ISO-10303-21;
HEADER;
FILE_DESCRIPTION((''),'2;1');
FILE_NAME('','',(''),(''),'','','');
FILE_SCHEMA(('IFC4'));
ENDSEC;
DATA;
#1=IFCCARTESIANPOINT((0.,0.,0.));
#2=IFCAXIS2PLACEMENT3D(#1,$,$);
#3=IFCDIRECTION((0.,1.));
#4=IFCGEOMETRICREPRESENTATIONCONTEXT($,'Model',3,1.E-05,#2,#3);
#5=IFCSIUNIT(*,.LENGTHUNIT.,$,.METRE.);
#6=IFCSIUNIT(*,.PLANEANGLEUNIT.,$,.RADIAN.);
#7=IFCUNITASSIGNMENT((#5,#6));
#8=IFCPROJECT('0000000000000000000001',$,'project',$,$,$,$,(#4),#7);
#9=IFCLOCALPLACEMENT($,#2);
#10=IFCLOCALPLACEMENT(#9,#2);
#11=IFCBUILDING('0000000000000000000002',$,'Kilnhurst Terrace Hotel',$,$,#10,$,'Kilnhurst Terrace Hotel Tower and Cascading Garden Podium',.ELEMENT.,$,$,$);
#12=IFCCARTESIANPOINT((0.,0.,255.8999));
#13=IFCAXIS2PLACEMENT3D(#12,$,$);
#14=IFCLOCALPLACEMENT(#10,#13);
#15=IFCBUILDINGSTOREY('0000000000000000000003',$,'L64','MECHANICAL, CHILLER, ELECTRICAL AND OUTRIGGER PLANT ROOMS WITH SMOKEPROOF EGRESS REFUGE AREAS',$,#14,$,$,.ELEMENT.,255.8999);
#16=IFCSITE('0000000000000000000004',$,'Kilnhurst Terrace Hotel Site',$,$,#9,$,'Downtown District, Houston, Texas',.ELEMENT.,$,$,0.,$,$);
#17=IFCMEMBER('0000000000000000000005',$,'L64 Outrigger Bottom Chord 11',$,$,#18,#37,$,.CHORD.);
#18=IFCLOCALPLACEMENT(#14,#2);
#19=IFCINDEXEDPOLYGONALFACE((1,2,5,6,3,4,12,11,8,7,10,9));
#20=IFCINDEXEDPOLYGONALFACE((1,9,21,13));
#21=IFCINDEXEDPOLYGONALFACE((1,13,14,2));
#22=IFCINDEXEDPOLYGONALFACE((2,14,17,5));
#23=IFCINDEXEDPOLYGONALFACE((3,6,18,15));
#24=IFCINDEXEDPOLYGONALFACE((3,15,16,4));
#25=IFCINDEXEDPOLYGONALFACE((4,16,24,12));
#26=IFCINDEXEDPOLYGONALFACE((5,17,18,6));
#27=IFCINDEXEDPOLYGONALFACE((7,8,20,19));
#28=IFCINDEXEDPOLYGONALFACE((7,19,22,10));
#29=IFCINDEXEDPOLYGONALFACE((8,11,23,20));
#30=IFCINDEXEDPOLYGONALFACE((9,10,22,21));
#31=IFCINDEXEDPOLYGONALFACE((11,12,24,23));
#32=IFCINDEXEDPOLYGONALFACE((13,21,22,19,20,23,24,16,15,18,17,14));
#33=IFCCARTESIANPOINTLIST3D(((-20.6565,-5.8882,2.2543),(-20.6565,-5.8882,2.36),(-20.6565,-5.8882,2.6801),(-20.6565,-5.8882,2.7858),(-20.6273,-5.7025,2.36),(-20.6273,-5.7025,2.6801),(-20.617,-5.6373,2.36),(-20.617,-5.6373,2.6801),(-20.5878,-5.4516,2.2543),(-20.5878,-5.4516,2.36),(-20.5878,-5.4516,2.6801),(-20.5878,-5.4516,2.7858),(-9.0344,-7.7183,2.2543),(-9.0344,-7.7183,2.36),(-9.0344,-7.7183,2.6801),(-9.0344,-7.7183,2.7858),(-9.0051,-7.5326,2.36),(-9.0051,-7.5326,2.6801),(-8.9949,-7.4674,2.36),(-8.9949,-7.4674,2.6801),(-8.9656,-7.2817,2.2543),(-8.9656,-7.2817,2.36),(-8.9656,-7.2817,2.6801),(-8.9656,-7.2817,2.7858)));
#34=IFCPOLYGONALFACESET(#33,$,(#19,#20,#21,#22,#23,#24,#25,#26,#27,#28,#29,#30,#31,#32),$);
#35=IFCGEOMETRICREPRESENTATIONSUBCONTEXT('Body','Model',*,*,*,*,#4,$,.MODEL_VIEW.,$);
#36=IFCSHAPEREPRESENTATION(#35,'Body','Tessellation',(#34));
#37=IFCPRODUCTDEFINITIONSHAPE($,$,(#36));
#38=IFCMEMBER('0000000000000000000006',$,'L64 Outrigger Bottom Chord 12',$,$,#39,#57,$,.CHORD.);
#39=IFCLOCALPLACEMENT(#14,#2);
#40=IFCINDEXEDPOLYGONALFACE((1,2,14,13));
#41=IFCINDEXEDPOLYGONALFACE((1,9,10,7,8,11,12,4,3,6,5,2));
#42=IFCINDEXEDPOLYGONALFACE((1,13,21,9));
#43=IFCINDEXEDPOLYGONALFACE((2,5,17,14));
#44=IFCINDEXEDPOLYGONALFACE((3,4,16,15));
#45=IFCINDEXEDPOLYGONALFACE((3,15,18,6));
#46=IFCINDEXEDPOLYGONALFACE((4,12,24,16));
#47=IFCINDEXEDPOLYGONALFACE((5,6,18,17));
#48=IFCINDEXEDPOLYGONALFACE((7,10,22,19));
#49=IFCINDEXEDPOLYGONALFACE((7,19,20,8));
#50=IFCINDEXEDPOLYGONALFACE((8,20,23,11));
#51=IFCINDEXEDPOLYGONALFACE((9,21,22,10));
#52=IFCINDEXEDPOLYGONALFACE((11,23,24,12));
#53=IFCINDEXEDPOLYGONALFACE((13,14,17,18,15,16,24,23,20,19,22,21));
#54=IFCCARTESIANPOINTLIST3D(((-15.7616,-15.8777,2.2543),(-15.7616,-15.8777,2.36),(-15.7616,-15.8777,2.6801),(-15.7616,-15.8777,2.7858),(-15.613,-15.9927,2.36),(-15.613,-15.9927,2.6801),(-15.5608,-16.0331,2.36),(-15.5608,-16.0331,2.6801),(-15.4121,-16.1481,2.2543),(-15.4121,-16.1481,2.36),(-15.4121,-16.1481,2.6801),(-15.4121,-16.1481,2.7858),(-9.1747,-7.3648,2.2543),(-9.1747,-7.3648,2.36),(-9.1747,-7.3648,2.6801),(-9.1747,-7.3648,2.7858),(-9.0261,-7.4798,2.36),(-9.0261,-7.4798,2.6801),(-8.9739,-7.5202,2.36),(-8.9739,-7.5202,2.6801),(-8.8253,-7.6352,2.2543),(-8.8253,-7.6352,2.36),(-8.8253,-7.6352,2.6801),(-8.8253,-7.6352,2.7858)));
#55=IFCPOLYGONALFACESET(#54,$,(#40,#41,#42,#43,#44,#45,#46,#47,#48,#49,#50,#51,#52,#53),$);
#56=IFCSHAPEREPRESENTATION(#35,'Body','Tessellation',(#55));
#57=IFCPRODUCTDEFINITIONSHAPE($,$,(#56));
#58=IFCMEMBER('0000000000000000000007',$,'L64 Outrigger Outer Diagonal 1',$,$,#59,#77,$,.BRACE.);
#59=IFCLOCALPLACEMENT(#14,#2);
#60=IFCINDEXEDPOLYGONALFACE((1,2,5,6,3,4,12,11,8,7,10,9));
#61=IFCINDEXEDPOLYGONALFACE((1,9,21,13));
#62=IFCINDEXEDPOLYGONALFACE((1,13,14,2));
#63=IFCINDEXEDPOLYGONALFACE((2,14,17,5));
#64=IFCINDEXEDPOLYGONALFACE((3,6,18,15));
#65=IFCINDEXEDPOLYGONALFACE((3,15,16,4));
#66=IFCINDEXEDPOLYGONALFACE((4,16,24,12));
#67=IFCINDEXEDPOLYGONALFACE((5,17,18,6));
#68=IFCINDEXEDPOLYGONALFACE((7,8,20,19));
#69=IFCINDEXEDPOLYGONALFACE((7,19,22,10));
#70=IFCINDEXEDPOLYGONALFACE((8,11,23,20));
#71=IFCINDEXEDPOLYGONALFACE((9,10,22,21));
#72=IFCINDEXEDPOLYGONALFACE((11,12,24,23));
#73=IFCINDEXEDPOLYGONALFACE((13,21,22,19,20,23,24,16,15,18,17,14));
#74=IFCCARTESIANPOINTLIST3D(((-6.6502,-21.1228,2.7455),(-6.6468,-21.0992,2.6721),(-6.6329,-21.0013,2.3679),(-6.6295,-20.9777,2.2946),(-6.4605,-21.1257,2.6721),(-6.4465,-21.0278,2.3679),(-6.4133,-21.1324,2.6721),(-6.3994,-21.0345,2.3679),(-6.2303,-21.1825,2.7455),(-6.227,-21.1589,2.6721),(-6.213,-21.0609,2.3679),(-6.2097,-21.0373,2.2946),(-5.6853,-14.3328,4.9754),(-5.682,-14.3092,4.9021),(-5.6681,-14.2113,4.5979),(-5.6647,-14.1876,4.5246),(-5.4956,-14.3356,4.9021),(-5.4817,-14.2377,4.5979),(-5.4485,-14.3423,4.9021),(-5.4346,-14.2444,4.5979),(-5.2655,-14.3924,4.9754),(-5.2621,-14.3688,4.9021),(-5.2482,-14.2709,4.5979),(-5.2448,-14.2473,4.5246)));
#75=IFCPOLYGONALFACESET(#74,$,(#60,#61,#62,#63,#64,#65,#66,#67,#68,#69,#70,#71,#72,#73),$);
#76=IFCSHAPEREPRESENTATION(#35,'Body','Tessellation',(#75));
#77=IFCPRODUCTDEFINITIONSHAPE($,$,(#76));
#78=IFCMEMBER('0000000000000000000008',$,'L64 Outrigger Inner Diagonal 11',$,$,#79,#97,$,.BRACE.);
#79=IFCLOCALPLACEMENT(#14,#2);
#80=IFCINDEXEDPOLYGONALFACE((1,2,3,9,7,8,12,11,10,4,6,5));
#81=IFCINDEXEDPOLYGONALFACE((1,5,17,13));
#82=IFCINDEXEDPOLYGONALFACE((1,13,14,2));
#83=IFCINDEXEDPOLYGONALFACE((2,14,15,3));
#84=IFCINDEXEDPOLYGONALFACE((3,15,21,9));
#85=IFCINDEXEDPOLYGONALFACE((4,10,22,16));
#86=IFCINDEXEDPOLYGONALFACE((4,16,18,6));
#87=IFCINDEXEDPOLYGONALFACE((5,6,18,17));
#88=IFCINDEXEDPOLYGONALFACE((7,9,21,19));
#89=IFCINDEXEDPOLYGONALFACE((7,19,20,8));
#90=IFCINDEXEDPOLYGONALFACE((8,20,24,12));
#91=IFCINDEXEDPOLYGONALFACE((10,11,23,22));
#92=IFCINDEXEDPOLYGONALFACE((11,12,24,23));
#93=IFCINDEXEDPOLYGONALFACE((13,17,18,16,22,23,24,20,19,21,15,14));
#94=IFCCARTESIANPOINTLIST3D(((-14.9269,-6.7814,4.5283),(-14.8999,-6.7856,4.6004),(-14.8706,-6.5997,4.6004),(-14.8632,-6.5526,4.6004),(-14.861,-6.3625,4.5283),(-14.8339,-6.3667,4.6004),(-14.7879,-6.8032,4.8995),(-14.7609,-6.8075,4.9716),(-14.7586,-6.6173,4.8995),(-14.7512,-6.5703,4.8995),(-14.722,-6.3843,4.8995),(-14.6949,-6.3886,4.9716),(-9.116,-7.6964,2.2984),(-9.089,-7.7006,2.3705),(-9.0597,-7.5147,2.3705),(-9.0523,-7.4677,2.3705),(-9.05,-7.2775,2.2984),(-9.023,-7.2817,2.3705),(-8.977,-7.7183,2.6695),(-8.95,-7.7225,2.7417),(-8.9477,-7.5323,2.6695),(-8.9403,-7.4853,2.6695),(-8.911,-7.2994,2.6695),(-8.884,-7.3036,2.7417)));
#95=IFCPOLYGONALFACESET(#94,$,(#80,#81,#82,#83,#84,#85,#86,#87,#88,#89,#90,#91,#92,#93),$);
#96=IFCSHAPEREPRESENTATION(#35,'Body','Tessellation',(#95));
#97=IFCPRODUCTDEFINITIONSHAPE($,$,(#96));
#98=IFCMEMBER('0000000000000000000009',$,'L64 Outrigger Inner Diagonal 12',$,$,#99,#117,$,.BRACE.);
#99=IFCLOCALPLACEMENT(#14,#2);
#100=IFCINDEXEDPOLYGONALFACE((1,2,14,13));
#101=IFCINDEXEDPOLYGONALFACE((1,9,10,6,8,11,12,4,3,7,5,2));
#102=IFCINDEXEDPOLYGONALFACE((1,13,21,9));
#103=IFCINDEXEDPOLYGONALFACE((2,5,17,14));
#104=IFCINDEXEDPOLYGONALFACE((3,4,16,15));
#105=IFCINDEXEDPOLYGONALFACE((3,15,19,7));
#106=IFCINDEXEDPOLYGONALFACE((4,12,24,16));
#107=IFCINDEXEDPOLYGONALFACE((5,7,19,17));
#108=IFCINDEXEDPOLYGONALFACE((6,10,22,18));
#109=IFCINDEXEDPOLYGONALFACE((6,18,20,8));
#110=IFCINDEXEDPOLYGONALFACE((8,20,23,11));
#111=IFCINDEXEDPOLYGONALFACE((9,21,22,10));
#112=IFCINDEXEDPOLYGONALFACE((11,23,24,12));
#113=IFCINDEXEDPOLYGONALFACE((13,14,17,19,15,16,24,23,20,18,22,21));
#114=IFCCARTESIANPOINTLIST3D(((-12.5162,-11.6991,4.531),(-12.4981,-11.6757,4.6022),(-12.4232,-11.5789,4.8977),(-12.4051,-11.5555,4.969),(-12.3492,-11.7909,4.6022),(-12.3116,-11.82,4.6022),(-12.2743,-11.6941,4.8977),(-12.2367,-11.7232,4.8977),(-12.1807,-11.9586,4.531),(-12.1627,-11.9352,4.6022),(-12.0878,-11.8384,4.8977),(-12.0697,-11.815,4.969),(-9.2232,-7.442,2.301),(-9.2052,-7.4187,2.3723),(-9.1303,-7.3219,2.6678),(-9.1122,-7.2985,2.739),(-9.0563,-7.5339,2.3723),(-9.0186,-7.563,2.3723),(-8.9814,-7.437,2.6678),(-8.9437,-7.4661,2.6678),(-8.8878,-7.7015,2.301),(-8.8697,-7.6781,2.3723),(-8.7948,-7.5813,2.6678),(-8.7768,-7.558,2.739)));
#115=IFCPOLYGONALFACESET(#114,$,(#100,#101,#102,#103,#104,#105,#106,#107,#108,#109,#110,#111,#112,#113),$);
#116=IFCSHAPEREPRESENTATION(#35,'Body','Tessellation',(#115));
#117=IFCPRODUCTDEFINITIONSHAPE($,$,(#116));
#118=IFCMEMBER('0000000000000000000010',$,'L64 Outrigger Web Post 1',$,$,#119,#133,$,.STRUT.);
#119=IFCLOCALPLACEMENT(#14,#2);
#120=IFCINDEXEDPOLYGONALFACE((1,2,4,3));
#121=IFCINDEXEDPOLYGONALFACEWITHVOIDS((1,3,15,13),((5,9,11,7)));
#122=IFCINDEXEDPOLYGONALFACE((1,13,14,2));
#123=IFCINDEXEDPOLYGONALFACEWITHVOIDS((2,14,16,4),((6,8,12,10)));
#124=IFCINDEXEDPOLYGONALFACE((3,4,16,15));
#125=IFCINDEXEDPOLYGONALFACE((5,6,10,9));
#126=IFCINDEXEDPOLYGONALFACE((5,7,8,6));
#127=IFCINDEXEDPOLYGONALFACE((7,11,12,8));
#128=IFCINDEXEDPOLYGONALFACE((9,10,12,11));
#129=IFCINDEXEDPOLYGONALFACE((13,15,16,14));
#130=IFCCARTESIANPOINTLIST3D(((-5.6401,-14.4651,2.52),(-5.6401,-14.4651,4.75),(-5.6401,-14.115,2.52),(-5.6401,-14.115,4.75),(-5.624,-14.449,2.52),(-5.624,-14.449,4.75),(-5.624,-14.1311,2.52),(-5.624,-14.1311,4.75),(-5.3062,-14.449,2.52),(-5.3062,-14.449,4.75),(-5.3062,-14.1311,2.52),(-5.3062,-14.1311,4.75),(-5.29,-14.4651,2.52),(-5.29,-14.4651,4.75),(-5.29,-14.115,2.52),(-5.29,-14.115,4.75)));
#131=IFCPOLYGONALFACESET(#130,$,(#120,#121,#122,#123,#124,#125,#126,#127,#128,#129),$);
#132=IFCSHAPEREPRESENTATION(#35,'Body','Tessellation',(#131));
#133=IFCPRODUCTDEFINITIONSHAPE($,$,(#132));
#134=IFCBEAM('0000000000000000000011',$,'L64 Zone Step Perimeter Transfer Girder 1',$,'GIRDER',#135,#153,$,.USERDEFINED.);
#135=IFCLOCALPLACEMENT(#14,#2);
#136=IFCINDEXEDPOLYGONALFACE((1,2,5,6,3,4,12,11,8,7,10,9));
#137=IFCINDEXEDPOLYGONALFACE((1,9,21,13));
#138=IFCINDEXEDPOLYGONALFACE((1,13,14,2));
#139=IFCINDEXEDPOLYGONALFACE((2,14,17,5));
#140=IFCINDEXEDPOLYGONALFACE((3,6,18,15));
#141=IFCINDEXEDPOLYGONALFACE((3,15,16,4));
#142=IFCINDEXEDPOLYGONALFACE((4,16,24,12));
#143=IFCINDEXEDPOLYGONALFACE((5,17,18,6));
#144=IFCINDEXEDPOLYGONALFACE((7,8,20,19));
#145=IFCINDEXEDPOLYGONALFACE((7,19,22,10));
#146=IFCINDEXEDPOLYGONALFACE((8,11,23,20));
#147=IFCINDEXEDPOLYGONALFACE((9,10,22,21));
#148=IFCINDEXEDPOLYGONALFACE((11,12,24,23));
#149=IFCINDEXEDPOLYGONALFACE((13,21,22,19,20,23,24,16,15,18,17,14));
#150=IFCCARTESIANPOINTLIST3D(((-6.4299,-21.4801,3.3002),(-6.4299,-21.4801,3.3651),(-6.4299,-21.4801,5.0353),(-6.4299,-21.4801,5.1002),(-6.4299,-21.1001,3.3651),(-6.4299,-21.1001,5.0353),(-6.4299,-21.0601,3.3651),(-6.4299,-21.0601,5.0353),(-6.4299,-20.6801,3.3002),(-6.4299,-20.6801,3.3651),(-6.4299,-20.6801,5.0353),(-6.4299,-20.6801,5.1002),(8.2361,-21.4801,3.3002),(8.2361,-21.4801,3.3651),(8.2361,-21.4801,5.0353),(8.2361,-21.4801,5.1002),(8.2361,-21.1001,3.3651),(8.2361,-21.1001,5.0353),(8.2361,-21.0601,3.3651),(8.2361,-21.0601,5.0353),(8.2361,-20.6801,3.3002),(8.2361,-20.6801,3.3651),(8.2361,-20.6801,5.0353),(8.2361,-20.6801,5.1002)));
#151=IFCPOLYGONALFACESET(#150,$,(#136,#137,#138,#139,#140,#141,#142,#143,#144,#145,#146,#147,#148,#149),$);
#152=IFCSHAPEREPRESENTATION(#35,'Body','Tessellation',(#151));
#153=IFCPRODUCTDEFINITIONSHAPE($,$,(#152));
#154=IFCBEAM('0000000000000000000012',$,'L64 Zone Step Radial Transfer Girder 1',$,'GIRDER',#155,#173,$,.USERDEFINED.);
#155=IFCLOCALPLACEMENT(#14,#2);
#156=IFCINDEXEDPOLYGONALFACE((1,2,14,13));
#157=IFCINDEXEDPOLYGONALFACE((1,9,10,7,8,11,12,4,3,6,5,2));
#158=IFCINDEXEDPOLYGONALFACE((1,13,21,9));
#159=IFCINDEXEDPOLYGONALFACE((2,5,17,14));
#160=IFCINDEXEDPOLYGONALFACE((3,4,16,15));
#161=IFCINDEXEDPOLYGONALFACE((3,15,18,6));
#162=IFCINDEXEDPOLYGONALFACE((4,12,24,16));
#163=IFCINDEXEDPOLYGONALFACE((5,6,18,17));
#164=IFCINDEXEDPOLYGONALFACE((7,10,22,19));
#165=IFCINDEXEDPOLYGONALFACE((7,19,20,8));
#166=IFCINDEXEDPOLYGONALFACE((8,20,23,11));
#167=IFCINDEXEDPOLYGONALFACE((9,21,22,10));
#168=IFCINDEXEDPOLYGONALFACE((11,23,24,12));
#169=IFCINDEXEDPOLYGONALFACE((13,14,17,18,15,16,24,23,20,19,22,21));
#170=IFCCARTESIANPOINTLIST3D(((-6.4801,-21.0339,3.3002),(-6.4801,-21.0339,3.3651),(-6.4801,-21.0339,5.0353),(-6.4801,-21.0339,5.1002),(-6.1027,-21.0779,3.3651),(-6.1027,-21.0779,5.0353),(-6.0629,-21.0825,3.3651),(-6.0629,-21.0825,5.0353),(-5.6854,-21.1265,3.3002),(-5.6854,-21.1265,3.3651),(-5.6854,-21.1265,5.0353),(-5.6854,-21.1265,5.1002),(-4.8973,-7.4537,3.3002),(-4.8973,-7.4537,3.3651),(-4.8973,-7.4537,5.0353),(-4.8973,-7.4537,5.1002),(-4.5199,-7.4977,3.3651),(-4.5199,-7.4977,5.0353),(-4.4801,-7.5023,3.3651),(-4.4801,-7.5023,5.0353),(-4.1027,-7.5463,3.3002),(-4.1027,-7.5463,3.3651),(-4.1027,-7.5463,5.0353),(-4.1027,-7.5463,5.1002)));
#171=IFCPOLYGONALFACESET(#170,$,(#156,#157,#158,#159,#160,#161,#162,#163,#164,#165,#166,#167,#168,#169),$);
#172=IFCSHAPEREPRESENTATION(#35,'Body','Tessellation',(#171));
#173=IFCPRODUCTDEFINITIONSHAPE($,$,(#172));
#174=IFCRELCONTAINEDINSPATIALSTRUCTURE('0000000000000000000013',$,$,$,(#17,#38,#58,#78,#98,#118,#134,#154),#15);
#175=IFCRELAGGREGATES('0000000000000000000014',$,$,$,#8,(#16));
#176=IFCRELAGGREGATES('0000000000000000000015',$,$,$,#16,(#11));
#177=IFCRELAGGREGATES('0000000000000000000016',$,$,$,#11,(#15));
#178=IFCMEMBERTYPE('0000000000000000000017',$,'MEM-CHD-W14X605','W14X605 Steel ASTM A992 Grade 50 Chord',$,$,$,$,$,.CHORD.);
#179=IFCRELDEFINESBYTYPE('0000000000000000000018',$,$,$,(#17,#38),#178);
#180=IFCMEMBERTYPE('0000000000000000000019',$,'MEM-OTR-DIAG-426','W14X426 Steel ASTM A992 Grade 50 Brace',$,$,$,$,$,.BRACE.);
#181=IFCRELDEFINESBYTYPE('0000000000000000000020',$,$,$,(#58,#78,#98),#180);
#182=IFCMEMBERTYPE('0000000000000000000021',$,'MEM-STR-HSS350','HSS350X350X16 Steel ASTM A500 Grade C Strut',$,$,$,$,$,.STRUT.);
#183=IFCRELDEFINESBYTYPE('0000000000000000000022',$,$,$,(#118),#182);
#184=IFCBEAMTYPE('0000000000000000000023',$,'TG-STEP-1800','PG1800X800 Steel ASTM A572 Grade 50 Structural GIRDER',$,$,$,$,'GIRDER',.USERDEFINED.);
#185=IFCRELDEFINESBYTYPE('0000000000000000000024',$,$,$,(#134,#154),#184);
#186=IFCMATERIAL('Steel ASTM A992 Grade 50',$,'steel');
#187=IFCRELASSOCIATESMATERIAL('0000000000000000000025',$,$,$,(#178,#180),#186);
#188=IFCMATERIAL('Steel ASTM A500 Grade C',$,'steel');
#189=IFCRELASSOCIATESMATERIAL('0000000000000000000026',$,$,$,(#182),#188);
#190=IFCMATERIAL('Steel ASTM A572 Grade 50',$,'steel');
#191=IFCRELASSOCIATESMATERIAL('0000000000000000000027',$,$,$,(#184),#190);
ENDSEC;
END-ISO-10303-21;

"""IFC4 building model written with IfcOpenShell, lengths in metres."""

from ifc_helpers import new_model, si_unit, direction, frame, origin, origin_2d, place, context, subcontext, project, spatial, hollow_rectangle, i_section, extrude, material, material_profile, profile_set, type_object, element, save


model = new_model("IFC4")

# Units and contexts
model_context = context("Model", 3, precision=1e-05, world=origin(), true_north=direction((0.0, 1.0)))
body_context = subcontext(model_context, "Body", "Model", "MODEL_VIEW")
ifc_project = project(units=[si_unit("LENGTHUNIT", "METRE"), si_unit("PLANEANGLEUNIT", "RADIAN")], contexts=[model_context])

# Site, building, storey
site_placement = place(None, origin())
site = spatial("IfcSite", under=ifc_project, at=site_placement, Name="Kilnhurst Terrace Hotel Site", LongName="Downtown District, Houston, Texas", CompositionType="ELEMENT", RefElevation=0.0)
building_placement = place(site_placement, origin())
building = spatial("IfcBuilding", under=site, at=building_placement, Name="Kilnhurst Terrace Hotel", LongName="Kilnhurst Terrace Hotel Tower and Cascading Garden Podium", CompositionType="ELEMENT")
storey_placement = place(building_placement, frame((0.0, 0.0, 255.8999)))
storey = spatial("IfcBuildingStorey", under=building, at=storey_placement, Name="L64", Description="MECHANICAL, CHILLER, ELECTRICAL AND OUTRIGGER PLANT ROOMS WITH SMOKEPROOF EGRESS REFUGE AREAS", CompositionType="ELEMENT", Elevation=255.8999)

# Shared definitions
ifc_material_1 = material(Name="Steel ASTM A992 Grade 50", Category="steel")

# Members
ifc_material_profile_1 = material_profile(ifc_material_1, i_section(OverallWidth=0.4419, OverallDepth=0.5315, WebThickness=0.0659, FlangeThickness=0.1057, at=origin_2d()), Name="W14X605")
ifc_profile_set_1 = profile_set([ifc_material_profile_1], Name="Steel ASTM A992 Grade 50")
member_type_1 = type_object("IfcMemberType", Name="MEM-CHD-W14X605", Description="W14X605 Steel ASTM A992 Grade 50 Chord", PredefinedType="CHORD", material=ifc_profile_set_1)
member_1_placement = place(storey_placement, frame((-9.0, -7.5, 2.52), z_axis=(-0.987828, 0.155549, 0.0), x_axis=(-0.155549, -0.987828, 0.0)))
element("IfcMember", 1, at=member_1_placement, inside=storey, type_object=member_type_1, Name="L64 Outrigger Bottom Chord 11", PredefinedType="CHORD", context=body_context, shape_type="SweptSolid", body=[
    extrude(i_section(OverallWidth=0.4419, OverallDepth=0.5315, WebThickness=0.0659, FlangeThickness=0.1057, at=origin_2d()), origin(), (0.0, 0.0, 1.0), 11.7654),
])
member_2_placement = place(storey_placement, frame((-9.0, -7.5, 2.52), z_axis=(-0.611955, -0.790892, 0.0), x_axis=(0.790892, -0.611955, 0.0)))
element("IfcMember", 2, at=member_2_placement, inside=storey, type_object=member_type_1, Name="L64 Outrigger Bottom Chord 12", PredefinedType="CHORD", context=body_context, shape_type="SweptSolid", body=[
    extrude(i_section(OverallWidth=0.4419, OverallDepth=0.5315, WebThickness=0.0659, FlangeThickness=0.1057, at=origin_2d()), origin(), (0.0, 0.0, 1.0), 10.7637),
])
ifc_material_profile_2 = material_profile(ifc_material_1, i_section(OverallWidth=0.4241, OverallDepth=0.4741, WebThickness=0.0476, FlangeThickness=0.0771, at=origin_2d()), Name="W14X426")
ifc_profile_set_2 = profile_set([ifc_material_profile_2], Name="Steel ASTM A992 Grade 50")
member_type_2 = type_object("IfcMemberType", Name="MEM-OTR-DIAG-426", Description="W14X426 Steel ASTM A992 Grade 50 Brace", PredefinedType="BRACE", material=ifc_profile_set_2)
member_3_placement = place(storey_placement, frame((-5.4651, -14.29, 4.75), z_axis=(-0.133789, -0.941533, -0.309218), x_axis=(0.990055, -0.140684, 0.0)))
element("IfcMember", 3, at=member_3_placement, inside=storey, type_object=member_type_2, Name="L64 Outrigger Outer Diagonal 1", PredefinedType="BRACE", context=body_context, shape_type="SweptSolid", body=[
    extrude(i_section(OverallWidth=0.4241, OverallDepth=0.4741, WebThickness=0.0476, FlangeThickness=0.0771, at=origin_2d()), origin(), (0.0, 0.0, 1.0), 7.2117),
])
member_4_placement = place(storey_placement, frame((-9.0, -7.5, 2.52), z_axis=(-0.923688, 0.145449, 0.354465), x_axis=(-0.155549, -0.987828, 0.0)))
element("IfcMember", 4, at=member_4_placement, inside=storey, type_object=member_type_2, Name="L64 Outrigger Inner Diagonal 11", PredefinedType="BRACE", context=body_context, shape_type="SweptSolid", body=[
    extrude(i_section(OverallWidth=0.4241, OverallDepth=0.4741, WebThickness=0.0476, FlangeThickness=0.0771, at=origin_2d()), origin(), (0.0, 0.0, 1.0), 6.291),
])
member_5_placement = place(storey_placement, frame((-9.0, -7.5, 2.52), z_axis=(-0.565245, -0.730737, 0.382781), x_axis=(0.790979, -0.611844, 0.0)))
element("IfcMember", 5, at=member_5_placement, inside=storey, type_object=member_type_2, Name="L64 Outrigger Inner Diagonal 12", PredefinedType="BRACE", context=body_context, shape_type="SweptSolid", body=[
    extrude(i_section(OverallWidth=0.4241, OverallDepth=0.4741, WebThickness=0.0476, FlangeThickness=0.0771, at=origin_2d()), origin(), (0.0, 0.0, 1.0), 5.8257),
])
ifc_material_2 = material(Name="Steel ASTM A500 Grade C", Category="steel")
ifc_material_profile_3 = material_profile(ifc_material_2, hollow_rectangle(XDim=0.3501, YDim=0.3501, WallThickness=0.0161, at=origin_2d()), Name="HSS350X350X16")
ifc_profile_set_3 = profile_set([ifc_material_profile_3], Name="Steel ASTM A500 Grade C")
member_type_3 = type_object("IfcMemberType", Name="MEM-STR-HSS350", Description="HSS350X350X16 Steel ASTM A500 Grade C Strut", PredefinedType="STRUT", material=ifc_profile_set_3)
member_6_placement = place(storey_placement, frame((-5.4651, -14.29, 2.52), z_axis=(0.0, 0.0, 1.0), x_axis=(1.0, 0.0, 0.0)))
element("IfcMember", 6, at=member_6_placement, inside=storey, type_object=member_type_3, Name="L64 Outrigger Web Post 1", PredefinedType="STRUT", context=body_context, shape_type="SweptSolid", body=[
    extrude(hollow_rectangle(XDim=0.3501, YDim=0.3501, WallThickness=0.0161, at=origin_2d()), origin(), (0.0, 0.0, 1.0), 2.23),
])

# Beams
ifc_material_3 = material(Name="Steel ASTM A572 Grade 50", Category="steel")
ifc_material_profile_4 = material_profile(ifc_material_3, i_section(OverallWidth=0.8, OverallDepth=1.8, WebThickness=0.04, FlangeThickness=0.0649, at=origin_2d()), Name="PG1800X800")
ifc_profile_set_4 = profile_set([ifc_material_profile_4], Name="Steel ASTM A572 Grade 50")
beam_type_1 = type_object("IfcBeamType", Name="TG-STEP-1800", Description="PG1800X800 Steel ASTM A572 Grade 50 Structural GIRDER", ElementType="GIRDER", PredefinedType="USERDEFINED", material=ifc_profile_set_4)
beam_1_placement = place(storey_placement, frame((-6.4299, -21.0801, 4.2002), z_axis=(1.0, 0.0, 0.0), x_axis=(0.0, 1.0, 0.0)))
element("IfcBeam", 7, at=beam_1_placement, inside=storey, type_object=beam_type_1, Name="L64 Zone Step Perimeter Transfer Girder 1", ObjectType="GIRDER", PredefinedType="USERDEFINED", context=body_context, shape_type="SweptSolid", body=[
    extrude(i_section(OverallWidth=0.8, OverallDepth=1.8, WebThickness=0.04, FlangeThickness=0.0649, at=origin_2d()), origin(), (0.0, 0.0, 1.0), 14.666),
])
beam_2_placement = place(storey_placement, frame((-4.5, -7.5, 4.2002), z_axis=(-0.115767, -0.993276, 0.0), x_axis=(0.993276, -0.115767, 0.0)))
element("IfcBeam", 8, at=beam_2_placement, inside=storey, type_object=beam_type_1, Name="L64 Zone Step Radial Transfer Girder 1", ObjectType="GIRDER", PredefinedType="USERDEFINED", context=body_context, shape_type="SweptSolid", body=[
    extrude(i_section(OverallWidth=0.8, OverallDepth=1.8, WebThickness=0.04, FlangeThickness=0.0649, at=origin_2d()), origin(), (0.0, 0.0, 1.0), 13.6721),
])

save(model, "model.ifc")
